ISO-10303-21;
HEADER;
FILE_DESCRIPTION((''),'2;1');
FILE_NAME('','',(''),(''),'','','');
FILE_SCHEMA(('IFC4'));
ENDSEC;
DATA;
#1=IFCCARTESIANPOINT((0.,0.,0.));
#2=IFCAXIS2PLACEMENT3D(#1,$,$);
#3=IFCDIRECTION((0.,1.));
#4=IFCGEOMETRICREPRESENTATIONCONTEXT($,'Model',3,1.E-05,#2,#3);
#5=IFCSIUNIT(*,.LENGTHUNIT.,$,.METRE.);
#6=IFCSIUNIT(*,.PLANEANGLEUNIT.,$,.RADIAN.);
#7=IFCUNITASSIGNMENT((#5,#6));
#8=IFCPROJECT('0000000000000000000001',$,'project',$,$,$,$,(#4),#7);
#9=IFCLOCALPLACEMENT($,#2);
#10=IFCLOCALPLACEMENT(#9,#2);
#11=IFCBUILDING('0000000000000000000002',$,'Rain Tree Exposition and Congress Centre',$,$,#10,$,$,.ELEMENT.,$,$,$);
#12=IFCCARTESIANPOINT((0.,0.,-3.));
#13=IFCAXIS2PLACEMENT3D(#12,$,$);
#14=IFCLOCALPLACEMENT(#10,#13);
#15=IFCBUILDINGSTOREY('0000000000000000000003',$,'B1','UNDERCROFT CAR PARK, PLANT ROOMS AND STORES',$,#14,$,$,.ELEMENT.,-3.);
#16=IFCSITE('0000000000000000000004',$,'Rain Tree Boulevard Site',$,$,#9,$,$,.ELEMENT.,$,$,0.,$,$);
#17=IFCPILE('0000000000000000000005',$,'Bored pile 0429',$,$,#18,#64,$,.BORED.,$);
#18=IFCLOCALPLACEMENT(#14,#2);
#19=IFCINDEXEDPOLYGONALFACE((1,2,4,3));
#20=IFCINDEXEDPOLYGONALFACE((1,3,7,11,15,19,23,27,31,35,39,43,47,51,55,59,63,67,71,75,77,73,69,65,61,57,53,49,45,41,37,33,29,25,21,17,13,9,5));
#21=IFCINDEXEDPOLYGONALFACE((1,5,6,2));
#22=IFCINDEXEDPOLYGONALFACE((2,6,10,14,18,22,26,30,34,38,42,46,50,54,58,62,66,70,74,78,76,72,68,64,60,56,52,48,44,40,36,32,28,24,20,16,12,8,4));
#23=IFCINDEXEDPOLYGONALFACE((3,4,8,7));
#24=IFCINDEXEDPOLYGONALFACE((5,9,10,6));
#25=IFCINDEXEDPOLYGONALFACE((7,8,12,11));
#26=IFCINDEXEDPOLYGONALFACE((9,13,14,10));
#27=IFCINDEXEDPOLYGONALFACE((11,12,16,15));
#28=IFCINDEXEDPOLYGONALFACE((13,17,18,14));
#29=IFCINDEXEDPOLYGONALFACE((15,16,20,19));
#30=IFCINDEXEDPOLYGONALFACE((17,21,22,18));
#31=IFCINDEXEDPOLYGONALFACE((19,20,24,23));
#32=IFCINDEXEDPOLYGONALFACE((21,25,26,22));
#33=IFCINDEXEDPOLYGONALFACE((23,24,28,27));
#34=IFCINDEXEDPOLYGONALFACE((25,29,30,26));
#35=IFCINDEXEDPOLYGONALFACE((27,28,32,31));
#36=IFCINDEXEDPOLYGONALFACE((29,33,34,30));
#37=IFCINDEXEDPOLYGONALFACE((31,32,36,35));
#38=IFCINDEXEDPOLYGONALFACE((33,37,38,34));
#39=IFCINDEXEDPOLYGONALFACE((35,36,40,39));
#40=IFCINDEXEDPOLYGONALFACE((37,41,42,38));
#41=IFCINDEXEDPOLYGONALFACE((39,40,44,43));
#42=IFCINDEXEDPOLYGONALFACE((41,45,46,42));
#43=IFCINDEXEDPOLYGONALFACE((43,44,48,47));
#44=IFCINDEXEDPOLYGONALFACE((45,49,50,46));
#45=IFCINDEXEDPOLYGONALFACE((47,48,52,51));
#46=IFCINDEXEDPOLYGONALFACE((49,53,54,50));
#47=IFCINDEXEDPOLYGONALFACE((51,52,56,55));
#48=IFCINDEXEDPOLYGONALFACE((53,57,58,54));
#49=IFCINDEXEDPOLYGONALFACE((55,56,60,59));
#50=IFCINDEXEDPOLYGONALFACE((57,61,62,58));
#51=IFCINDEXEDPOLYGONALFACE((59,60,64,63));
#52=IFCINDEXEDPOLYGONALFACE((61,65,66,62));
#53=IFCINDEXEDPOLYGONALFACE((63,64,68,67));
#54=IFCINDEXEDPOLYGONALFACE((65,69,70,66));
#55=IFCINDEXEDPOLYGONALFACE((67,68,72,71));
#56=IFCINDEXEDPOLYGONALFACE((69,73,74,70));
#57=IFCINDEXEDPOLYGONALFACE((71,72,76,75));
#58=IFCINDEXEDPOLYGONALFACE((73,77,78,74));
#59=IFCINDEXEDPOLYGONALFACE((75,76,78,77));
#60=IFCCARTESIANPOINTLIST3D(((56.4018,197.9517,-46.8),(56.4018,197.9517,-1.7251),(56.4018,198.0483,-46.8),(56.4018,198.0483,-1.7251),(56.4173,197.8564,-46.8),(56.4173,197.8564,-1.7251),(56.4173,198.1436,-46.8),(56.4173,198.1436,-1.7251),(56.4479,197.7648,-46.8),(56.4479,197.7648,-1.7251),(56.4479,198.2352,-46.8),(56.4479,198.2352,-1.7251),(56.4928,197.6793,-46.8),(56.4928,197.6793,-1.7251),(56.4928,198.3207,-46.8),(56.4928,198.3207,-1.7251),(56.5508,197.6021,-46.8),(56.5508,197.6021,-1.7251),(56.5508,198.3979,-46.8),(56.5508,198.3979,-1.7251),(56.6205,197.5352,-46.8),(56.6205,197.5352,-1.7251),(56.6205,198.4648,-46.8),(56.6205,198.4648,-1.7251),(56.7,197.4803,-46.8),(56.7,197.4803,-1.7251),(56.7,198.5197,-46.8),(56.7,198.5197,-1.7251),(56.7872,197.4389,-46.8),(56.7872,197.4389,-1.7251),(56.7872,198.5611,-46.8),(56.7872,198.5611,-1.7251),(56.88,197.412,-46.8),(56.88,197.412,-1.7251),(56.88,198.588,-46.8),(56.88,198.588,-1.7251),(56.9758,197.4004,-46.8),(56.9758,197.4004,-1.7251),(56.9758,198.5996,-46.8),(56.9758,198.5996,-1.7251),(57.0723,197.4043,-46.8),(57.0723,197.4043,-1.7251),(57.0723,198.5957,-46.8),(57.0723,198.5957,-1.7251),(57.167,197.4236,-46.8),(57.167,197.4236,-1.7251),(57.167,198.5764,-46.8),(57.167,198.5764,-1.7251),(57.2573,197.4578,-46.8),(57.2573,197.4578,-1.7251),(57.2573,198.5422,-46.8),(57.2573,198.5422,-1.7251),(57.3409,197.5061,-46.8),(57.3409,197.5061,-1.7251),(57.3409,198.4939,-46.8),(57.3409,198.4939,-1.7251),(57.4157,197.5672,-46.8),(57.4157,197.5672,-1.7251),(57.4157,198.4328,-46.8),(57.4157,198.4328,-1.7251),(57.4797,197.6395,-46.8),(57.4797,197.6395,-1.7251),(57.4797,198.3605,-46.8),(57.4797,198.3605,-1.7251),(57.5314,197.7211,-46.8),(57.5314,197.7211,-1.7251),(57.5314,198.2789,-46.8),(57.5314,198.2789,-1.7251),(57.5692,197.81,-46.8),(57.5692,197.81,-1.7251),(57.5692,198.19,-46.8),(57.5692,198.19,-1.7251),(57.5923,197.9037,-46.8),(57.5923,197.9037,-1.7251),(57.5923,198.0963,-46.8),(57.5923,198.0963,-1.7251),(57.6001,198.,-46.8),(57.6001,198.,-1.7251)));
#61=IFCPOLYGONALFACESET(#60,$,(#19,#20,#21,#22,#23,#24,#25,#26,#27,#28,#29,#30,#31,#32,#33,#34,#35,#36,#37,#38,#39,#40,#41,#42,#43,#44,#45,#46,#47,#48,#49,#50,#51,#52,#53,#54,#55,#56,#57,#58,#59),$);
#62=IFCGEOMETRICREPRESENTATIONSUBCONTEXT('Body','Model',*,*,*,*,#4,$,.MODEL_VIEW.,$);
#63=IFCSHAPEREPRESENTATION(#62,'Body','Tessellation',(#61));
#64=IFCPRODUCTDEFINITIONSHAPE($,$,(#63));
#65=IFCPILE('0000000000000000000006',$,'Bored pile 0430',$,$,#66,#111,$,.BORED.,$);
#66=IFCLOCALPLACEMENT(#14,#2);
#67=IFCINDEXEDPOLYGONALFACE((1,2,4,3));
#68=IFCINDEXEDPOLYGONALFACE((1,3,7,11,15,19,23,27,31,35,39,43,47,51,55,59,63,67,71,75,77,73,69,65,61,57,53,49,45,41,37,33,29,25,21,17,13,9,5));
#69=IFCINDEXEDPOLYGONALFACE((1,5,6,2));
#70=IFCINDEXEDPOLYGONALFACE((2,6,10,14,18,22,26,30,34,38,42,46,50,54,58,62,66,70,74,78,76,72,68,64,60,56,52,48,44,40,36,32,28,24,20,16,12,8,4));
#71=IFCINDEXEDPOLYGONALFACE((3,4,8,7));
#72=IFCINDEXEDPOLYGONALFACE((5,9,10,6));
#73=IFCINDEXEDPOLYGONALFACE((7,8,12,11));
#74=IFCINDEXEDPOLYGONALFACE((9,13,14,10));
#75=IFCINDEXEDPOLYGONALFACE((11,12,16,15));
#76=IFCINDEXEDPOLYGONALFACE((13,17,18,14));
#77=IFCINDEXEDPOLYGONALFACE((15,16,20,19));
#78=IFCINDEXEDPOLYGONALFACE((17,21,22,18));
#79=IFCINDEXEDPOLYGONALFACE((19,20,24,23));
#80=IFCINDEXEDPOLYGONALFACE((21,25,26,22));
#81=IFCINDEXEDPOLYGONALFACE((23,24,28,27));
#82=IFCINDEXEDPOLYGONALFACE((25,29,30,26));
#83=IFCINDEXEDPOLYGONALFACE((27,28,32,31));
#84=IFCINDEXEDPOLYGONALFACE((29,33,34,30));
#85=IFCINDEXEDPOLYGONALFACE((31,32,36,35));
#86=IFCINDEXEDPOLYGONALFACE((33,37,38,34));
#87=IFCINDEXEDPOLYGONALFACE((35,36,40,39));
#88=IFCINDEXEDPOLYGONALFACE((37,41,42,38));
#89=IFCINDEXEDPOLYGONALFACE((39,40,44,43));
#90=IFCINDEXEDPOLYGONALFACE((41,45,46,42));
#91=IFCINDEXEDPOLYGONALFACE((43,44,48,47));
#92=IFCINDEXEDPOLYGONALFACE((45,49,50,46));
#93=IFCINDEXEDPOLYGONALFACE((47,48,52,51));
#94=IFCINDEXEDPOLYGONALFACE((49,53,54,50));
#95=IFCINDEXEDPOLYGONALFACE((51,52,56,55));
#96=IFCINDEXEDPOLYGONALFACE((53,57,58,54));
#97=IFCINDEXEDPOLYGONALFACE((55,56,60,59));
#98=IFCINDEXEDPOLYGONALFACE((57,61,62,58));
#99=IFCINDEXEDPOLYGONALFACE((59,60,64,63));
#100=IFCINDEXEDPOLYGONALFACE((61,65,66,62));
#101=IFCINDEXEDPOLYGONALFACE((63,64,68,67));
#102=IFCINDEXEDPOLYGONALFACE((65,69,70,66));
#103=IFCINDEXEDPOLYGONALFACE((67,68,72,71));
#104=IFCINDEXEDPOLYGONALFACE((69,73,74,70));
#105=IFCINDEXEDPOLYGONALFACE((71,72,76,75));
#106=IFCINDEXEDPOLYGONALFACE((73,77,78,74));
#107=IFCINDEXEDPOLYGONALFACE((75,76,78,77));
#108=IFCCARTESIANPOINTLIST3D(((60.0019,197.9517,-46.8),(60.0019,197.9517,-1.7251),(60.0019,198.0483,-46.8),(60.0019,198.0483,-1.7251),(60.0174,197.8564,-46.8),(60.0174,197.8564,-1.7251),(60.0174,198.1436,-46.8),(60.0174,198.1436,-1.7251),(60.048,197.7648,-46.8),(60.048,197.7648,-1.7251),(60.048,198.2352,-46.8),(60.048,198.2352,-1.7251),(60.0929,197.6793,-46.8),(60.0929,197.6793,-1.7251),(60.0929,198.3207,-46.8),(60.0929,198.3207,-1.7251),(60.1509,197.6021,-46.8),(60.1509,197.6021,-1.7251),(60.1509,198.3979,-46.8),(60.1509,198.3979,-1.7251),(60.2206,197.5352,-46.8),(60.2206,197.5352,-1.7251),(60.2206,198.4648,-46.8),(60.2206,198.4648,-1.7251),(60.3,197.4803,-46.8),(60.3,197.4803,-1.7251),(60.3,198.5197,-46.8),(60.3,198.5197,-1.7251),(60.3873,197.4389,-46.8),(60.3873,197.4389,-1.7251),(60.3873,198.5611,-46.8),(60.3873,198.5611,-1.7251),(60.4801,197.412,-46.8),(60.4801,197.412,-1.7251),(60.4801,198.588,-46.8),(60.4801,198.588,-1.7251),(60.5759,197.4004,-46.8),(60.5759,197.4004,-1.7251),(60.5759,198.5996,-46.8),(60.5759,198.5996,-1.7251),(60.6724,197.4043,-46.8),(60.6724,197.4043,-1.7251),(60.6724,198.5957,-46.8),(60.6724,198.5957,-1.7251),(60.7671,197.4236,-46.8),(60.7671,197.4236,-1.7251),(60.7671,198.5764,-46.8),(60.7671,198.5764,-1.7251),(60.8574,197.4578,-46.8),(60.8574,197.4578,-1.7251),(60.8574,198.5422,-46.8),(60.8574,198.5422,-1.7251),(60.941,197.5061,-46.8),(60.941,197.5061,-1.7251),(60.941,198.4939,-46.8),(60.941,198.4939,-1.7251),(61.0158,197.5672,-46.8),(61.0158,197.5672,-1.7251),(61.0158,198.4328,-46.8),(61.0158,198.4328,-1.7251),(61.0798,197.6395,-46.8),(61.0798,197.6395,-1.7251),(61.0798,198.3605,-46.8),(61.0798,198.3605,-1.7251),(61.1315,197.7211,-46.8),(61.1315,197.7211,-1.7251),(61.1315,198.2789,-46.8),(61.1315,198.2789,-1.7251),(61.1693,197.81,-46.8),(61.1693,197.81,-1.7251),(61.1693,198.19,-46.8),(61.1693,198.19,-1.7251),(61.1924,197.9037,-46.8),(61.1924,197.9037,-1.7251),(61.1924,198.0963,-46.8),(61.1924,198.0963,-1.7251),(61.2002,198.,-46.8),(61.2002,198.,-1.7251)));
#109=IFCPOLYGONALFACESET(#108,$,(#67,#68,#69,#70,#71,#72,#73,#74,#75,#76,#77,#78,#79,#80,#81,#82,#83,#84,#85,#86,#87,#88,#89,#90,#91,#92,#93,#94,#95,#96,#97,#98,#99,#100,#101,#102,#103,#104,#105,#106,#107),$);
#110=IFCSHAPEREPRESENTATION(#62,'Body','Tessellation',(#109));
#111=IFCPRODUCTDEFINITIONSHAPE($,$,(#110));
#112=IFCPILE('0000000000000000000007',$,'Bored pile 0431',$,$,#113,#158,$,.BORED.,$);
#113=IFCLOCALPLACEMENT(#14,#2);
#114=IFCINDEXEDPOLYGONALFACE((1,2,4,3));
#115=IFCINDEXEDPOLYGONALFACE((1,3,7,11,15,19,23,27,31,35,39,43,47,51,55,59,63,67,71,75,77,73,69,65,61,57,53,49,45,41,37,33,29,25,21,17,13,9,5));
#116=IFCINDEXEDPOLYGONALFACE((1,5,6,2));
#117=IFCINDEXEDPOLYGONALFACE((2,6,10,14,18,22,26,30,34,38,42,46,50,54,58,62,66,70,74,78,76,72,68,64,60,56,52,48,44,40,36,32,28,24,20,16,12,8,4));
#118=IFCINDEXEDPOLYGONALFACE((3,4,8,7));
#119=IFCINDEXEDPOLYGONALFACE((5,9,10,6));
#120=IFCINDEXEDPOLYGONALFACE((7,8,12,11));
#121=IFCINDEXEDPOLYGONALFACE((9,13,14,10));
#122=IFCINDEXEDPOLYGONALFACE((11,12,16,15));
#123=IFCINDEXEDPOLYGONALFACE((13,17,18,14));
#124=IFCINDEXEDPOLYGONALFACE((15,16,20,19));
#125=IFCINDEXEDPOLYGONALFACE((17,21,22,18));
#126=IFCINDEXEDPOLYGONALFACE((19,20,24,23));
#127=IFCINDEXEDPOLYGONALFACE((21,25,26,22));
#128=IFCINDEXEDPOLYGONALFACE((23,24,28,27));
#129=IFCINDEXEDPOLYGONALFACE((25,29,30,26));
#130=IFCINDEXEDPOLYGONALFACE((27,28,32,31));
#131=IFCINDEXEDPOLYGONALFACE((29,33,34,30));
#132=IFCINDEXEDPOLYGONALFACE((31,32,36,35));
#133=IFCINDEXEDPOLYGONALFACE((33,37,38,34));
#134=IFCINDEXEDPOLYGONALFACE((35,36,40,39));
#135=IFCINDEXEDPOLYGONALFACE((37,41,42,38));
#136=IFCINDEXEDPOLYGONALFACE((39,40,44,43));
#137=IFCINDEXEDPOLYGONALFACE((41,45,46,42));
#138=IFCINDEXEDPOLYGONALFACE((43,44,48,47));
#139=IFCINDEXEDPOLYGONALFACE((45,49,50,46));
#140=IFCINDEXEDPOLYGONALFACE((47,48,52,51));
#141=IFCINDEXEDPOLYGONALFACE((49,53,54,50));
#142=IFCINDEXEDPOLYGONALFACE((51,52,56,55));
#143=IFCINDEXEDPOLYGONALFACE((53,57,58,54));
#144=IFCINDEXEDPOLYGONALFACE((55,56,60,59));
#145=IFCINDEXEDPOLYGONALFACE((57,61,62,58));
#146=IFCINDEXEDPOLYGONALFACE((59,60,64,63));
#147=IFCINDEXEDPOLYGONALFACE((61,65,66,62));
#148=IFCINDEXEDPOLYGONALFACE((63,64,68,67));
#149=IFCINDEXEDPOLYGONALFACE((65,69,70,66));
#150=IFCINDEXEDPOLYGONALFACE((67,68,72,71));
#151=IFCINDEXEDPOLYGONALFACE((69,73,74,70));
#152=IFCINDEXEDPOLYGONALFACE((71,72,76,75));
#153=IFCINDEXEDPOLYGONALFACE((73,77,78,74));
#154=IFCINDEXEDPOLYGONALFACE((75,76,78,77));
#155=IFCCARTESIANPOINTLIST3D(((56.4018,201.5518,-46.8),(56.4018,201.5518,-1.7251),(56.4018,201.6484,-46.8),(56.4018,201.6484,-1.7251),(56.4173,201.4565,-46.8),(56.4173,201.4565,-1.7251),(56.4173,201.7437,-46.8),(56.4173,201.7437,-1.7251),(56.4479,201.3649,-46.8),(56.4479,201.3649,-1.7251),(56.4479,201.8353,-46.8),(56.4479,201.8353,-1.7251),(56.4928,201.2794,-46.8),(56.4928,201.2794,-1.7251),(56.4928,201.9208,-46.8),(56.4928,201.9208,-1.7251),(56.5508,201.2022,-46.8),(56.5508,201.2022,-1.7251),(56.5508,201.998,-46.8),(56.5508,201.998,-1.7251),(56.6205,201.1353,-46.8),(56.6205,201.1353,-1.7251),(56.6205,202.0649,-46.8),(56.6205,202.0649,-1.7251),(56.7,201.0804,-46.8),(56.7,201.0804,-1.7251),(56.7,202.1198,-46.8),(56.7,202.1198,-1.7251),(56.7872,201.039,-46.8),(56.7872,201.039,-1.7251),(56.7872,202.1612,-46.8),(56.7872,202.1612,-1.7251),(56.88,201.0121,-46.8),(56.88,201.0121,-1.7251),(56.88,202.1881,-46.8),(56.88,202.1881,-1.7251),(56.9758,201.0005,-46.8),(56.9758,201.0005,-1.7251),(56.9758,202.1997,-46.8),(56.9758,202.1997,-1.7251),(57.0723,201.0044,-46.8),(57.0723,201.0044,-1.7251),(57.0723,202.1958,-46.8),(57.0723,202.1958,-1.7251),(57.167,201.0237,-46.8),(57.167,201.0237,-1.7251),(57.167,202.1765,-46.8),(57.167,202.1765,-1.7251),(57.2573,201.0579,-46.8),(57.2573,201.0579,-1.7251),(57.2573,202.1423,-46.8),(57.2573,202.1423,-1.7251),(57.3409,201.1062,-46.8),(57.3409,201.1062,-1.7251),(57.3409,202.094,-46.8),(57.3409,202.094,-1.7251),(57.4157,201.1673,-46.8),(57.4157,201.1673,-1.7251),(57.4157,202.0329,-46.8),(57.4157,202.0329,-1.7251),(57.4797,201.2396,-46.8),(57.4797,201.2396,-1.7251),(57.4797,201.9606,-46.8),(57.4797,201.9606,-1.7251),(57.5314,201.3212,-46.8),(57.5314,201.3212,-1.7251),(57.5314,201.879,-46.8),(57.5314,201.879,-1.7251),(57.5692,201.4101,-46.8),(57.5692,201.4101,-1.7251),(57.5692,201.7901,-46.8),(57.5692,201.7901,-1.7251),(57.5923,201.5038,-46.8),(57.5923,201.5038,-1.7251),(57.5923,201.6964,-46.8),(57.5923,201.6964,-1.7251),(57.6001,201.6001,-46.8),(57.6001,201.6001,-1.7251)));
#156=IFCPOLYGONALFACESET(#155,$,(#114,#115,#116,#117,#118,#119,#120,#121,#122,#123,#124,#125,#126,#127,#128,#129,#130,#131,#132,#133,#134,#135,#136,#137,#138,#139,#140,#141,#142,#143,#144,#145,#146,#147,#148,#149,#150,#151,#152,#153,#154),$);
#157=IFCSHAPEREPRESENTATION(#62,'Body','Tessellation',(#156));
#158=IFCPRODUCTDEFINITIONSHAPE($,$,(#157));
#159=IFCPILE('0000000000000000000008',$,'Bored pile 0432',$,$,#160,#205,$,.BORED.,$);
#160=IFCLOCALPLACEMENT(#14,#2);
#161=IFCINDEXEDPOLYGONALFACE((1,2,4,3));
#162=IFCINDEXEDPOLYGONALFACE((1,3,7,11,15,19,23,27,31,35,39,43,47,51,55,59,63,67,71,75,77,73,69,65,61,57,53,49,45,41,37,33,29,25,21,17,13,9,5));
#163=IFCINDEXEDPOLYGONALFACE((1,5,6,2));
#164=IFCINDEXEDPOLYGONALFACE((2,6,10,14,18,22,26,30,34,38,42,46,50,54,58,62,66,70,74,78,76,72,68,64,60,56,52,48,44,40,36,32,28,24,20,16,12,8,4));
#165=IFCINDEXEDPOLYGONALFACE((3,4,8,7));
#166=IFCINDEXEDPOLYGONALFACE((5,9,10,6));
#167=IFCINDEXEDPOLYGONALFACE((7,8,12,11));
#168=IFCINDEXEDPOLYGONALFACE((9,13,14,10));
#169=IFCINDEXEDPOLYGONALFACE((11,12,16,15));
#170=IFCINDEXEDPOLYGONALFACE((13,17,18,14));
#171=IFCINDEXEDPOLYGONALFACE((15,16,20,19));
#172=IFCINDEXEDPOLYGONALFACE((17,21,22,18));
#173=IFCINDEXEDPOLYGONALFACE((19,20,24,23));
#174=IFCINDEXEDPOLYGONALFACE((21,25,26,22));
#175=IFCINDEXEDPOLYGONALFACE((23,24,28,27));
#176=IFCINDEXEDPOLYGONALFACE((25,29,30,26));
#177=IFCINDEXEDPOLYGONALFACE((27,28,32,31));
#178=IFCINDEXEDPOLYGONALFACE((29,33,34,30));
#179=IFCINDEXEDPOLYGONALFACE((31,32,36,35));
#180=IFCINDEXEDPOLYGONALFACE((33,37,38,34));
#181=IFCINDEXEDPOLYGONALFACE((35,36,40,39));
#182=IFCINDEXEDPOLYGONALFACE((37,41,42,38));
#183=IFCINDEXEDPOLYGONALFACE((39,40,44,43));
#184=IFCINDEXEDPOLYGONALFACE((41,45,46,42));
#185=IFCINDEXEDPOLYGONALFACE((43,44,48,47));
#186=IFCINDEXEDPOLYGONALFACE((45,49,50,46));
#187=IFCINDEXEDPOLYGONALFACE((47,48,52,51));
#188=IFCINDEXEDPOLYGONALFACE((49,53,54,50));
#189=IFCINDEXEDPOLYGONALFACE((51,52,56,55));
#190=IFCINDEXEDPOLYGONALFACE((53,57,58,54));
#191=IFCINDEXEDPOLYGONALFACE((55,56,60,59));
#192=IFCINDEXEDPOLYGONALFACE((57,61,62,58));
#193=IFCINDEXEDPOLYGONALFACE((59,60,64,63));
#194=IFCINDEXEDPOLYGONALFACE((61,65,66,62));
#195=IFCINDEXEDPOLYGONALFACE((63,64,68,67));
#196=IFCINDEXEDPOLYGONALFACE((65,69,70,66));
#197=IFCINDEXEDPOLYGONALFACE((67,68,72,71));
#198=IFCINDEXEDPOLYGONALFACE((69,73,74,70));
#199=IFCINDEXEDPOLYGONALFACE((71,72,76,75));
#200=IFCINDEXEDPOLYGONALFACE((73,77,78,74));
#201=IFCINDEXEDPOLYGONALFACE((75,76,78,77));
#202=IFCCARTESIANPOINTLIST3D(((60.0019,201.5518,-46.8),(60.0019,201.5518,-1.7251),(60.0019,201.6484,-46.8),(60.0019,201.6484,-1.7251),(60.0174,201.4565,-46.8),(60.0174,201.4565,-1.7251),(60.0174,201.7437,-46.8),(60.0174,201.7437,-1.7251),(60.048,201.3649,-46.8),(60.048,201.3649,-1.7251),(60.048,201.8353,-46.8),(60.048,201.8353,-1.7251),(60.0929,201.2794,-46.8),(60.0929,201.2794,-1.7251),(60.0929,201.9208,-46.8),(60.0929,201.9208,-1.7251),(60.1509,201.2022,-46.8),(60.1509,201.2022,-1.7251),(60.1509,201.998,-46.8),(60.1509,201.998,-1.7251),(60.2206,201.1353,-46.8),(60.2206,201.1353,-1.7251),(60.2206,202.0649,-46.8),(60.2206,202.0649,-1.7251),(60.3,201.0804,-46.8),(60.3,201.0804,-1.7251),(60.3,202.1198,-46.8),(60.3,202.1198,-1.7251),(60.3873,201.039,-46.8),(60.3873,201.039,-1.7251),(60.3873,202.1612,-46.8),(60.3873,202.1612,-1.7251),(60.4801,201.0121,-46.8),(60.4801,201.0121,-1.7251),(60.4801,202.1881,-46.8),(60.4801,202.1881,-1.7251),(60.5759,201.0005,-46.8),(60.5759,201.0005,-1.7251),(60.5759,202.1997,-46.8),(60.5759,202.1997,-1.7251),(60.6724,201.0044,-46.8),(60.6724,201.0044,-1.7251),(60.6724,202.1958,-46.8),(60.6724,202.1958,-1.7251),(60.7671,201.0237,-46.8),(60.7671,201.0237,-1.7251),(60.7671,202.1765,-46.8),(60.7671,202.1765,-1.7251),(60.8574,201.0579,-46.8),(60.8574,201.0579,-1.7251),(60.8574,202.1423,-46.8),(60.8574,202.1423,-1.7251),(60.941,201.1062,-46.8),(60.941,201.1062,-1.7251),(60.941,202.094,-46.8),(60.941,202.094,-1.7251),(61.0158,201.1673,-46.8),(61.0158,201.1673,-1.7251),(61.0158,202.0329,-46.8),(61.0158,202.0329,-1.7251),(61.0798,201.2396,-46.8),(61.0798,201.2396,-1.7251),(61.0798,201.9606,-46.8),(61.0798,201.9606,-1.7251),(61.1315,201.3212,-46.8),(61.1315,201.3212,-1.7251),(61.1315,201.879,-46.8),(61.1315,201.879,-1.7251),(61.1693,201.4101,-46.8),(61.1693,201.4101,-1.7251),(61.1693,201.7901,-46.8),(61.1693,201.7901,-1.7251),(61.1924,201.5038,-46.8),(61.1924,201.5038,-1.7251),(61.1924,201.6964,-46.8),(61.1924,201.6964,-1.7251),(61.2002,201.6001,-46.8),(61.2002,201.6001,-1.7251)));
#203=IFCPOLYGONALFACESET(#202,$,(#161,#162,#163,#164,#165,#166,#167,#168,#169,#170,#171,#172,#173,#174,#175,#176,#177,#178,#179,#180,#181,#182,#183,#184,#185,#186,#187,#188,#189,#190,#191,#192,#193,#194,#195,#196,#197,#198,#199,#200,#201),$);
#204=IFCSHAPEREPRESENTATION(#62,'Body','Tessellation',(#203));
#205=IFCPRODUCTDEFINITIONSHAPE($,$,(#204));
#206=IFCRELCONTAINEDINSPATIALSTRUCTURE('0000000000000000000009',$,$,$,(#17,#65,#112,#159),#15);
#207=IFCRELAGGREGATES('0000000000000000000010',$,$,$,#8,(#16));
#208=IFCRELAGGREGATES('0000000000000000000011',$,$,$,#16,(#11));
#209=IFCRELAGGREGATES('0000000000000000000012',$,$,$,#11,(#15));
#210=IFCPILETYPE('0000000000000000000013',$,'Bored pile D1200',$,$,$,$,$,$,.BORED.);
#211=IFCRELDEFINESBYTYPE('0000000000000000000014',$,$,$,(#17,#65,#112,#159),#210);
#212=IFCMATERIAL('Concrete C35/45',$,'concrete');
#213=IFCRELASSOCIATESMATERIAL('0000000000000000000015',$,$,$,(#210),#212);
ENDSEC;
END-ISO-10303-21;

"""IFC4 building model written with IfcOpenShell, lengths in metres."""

from ifc_helpers import new_model, si_unit, direction, frame, origin, origin_2d, place, context, subcontext, project, spatial, circle, extrude, material, material_profile, profile_set, type_object, element, save


model = new_model("IFC4")

# Units and contexts
model_context = context("Model", 3, precision=1e-05, world=origin(), true_north=direction((0.0, 1.0)))
body_context = subcontext(model_context, "Body", "Model", "MODEL_VIEW")
ifc_project = project(units=[si_unit("LENGTHUNIT", "METRE"), si_unit("PLANEANGLEUNIT", "RADIAN")], contexts=[model_context])

# Site, building, storey
site_placement = place(None, origin())
site = spatial("IfcSite", under=ifc_project, at=site_placement, Name="Rain Tree Boulevard Site", CompositionType="ELEMENT", RefElevation=0.0)
building_placement = place(site_placement, origin())
building = spatial("IfcBuilding", under=site, at=building_placement, Name="Rain Tree Exposition and Congress Centre", CompositionType="ELEMENT")
storey_placement = place(building_placement, frame((0.0, 0.0, -3.0)))
storey = spatial("IfcBuildingStorey", under=building, at=storey_placement, Name="B1", Description="UNDERCROFT CAR PARK, PLANT ROOMS AND STORES", CompositionType="ELEMENT", Elevation=-3.0)

# Piles
ifc_material_1 = material(Name="Concrete C35/45", Category="concrete")
ifc_material_profile_1 = material_profile(ifc_material_1, circle(Radius=0.6001, at=origin_2d()), Name="D1200")
ifc_profile_set_1 = profile_set([ifc_material_profile_1], Name="Concrete C35/45")
pile_type_1 = type_object("IfcPileType", Name="Bored pile D1200", PredefinedType="BORED", material=ifc_profile_set_1)
for number, where, z_axis, x_axis, name in (
    (1, (57.0, 198.0, -1.7251), (0.0, 0.0, -1.0), (1.0, 0.0, 0.0), "Bored pile 0429"),
    (2, (60.6001, 198.0, -1.7251), (0.0, 0.0, -1.0), (1.0, 0.0, 0.0), "Bored pile 0430"),
    (3, (57.0, 201.6001, -1.7251), (0.0, 0.0, -1.0), (1.0, 0.0, 0.0), "Bored pile 0431"),
    (4, (60.6001, 201.6001, -1.7251), (0.0, 0.0, -1.0), (1.0, 0.0, 0.0), "Bored pile 0432"),
):
    element("IfcPile", number, at=place(storey_placement, frame(where, z_axis=z_axis, x_axis=x_axis)), inside=storey, type_object=pile_type_1, Name=name, PredefinedType="BORED", context=body_context, shape_type="SweptSolid", body=[
        extrude(circle(Radius=0.6001, at=origin_2d()), origin(), (0.0, 0.0, 1.0), 45.075),
    ])

save(model, "model.ifc")
